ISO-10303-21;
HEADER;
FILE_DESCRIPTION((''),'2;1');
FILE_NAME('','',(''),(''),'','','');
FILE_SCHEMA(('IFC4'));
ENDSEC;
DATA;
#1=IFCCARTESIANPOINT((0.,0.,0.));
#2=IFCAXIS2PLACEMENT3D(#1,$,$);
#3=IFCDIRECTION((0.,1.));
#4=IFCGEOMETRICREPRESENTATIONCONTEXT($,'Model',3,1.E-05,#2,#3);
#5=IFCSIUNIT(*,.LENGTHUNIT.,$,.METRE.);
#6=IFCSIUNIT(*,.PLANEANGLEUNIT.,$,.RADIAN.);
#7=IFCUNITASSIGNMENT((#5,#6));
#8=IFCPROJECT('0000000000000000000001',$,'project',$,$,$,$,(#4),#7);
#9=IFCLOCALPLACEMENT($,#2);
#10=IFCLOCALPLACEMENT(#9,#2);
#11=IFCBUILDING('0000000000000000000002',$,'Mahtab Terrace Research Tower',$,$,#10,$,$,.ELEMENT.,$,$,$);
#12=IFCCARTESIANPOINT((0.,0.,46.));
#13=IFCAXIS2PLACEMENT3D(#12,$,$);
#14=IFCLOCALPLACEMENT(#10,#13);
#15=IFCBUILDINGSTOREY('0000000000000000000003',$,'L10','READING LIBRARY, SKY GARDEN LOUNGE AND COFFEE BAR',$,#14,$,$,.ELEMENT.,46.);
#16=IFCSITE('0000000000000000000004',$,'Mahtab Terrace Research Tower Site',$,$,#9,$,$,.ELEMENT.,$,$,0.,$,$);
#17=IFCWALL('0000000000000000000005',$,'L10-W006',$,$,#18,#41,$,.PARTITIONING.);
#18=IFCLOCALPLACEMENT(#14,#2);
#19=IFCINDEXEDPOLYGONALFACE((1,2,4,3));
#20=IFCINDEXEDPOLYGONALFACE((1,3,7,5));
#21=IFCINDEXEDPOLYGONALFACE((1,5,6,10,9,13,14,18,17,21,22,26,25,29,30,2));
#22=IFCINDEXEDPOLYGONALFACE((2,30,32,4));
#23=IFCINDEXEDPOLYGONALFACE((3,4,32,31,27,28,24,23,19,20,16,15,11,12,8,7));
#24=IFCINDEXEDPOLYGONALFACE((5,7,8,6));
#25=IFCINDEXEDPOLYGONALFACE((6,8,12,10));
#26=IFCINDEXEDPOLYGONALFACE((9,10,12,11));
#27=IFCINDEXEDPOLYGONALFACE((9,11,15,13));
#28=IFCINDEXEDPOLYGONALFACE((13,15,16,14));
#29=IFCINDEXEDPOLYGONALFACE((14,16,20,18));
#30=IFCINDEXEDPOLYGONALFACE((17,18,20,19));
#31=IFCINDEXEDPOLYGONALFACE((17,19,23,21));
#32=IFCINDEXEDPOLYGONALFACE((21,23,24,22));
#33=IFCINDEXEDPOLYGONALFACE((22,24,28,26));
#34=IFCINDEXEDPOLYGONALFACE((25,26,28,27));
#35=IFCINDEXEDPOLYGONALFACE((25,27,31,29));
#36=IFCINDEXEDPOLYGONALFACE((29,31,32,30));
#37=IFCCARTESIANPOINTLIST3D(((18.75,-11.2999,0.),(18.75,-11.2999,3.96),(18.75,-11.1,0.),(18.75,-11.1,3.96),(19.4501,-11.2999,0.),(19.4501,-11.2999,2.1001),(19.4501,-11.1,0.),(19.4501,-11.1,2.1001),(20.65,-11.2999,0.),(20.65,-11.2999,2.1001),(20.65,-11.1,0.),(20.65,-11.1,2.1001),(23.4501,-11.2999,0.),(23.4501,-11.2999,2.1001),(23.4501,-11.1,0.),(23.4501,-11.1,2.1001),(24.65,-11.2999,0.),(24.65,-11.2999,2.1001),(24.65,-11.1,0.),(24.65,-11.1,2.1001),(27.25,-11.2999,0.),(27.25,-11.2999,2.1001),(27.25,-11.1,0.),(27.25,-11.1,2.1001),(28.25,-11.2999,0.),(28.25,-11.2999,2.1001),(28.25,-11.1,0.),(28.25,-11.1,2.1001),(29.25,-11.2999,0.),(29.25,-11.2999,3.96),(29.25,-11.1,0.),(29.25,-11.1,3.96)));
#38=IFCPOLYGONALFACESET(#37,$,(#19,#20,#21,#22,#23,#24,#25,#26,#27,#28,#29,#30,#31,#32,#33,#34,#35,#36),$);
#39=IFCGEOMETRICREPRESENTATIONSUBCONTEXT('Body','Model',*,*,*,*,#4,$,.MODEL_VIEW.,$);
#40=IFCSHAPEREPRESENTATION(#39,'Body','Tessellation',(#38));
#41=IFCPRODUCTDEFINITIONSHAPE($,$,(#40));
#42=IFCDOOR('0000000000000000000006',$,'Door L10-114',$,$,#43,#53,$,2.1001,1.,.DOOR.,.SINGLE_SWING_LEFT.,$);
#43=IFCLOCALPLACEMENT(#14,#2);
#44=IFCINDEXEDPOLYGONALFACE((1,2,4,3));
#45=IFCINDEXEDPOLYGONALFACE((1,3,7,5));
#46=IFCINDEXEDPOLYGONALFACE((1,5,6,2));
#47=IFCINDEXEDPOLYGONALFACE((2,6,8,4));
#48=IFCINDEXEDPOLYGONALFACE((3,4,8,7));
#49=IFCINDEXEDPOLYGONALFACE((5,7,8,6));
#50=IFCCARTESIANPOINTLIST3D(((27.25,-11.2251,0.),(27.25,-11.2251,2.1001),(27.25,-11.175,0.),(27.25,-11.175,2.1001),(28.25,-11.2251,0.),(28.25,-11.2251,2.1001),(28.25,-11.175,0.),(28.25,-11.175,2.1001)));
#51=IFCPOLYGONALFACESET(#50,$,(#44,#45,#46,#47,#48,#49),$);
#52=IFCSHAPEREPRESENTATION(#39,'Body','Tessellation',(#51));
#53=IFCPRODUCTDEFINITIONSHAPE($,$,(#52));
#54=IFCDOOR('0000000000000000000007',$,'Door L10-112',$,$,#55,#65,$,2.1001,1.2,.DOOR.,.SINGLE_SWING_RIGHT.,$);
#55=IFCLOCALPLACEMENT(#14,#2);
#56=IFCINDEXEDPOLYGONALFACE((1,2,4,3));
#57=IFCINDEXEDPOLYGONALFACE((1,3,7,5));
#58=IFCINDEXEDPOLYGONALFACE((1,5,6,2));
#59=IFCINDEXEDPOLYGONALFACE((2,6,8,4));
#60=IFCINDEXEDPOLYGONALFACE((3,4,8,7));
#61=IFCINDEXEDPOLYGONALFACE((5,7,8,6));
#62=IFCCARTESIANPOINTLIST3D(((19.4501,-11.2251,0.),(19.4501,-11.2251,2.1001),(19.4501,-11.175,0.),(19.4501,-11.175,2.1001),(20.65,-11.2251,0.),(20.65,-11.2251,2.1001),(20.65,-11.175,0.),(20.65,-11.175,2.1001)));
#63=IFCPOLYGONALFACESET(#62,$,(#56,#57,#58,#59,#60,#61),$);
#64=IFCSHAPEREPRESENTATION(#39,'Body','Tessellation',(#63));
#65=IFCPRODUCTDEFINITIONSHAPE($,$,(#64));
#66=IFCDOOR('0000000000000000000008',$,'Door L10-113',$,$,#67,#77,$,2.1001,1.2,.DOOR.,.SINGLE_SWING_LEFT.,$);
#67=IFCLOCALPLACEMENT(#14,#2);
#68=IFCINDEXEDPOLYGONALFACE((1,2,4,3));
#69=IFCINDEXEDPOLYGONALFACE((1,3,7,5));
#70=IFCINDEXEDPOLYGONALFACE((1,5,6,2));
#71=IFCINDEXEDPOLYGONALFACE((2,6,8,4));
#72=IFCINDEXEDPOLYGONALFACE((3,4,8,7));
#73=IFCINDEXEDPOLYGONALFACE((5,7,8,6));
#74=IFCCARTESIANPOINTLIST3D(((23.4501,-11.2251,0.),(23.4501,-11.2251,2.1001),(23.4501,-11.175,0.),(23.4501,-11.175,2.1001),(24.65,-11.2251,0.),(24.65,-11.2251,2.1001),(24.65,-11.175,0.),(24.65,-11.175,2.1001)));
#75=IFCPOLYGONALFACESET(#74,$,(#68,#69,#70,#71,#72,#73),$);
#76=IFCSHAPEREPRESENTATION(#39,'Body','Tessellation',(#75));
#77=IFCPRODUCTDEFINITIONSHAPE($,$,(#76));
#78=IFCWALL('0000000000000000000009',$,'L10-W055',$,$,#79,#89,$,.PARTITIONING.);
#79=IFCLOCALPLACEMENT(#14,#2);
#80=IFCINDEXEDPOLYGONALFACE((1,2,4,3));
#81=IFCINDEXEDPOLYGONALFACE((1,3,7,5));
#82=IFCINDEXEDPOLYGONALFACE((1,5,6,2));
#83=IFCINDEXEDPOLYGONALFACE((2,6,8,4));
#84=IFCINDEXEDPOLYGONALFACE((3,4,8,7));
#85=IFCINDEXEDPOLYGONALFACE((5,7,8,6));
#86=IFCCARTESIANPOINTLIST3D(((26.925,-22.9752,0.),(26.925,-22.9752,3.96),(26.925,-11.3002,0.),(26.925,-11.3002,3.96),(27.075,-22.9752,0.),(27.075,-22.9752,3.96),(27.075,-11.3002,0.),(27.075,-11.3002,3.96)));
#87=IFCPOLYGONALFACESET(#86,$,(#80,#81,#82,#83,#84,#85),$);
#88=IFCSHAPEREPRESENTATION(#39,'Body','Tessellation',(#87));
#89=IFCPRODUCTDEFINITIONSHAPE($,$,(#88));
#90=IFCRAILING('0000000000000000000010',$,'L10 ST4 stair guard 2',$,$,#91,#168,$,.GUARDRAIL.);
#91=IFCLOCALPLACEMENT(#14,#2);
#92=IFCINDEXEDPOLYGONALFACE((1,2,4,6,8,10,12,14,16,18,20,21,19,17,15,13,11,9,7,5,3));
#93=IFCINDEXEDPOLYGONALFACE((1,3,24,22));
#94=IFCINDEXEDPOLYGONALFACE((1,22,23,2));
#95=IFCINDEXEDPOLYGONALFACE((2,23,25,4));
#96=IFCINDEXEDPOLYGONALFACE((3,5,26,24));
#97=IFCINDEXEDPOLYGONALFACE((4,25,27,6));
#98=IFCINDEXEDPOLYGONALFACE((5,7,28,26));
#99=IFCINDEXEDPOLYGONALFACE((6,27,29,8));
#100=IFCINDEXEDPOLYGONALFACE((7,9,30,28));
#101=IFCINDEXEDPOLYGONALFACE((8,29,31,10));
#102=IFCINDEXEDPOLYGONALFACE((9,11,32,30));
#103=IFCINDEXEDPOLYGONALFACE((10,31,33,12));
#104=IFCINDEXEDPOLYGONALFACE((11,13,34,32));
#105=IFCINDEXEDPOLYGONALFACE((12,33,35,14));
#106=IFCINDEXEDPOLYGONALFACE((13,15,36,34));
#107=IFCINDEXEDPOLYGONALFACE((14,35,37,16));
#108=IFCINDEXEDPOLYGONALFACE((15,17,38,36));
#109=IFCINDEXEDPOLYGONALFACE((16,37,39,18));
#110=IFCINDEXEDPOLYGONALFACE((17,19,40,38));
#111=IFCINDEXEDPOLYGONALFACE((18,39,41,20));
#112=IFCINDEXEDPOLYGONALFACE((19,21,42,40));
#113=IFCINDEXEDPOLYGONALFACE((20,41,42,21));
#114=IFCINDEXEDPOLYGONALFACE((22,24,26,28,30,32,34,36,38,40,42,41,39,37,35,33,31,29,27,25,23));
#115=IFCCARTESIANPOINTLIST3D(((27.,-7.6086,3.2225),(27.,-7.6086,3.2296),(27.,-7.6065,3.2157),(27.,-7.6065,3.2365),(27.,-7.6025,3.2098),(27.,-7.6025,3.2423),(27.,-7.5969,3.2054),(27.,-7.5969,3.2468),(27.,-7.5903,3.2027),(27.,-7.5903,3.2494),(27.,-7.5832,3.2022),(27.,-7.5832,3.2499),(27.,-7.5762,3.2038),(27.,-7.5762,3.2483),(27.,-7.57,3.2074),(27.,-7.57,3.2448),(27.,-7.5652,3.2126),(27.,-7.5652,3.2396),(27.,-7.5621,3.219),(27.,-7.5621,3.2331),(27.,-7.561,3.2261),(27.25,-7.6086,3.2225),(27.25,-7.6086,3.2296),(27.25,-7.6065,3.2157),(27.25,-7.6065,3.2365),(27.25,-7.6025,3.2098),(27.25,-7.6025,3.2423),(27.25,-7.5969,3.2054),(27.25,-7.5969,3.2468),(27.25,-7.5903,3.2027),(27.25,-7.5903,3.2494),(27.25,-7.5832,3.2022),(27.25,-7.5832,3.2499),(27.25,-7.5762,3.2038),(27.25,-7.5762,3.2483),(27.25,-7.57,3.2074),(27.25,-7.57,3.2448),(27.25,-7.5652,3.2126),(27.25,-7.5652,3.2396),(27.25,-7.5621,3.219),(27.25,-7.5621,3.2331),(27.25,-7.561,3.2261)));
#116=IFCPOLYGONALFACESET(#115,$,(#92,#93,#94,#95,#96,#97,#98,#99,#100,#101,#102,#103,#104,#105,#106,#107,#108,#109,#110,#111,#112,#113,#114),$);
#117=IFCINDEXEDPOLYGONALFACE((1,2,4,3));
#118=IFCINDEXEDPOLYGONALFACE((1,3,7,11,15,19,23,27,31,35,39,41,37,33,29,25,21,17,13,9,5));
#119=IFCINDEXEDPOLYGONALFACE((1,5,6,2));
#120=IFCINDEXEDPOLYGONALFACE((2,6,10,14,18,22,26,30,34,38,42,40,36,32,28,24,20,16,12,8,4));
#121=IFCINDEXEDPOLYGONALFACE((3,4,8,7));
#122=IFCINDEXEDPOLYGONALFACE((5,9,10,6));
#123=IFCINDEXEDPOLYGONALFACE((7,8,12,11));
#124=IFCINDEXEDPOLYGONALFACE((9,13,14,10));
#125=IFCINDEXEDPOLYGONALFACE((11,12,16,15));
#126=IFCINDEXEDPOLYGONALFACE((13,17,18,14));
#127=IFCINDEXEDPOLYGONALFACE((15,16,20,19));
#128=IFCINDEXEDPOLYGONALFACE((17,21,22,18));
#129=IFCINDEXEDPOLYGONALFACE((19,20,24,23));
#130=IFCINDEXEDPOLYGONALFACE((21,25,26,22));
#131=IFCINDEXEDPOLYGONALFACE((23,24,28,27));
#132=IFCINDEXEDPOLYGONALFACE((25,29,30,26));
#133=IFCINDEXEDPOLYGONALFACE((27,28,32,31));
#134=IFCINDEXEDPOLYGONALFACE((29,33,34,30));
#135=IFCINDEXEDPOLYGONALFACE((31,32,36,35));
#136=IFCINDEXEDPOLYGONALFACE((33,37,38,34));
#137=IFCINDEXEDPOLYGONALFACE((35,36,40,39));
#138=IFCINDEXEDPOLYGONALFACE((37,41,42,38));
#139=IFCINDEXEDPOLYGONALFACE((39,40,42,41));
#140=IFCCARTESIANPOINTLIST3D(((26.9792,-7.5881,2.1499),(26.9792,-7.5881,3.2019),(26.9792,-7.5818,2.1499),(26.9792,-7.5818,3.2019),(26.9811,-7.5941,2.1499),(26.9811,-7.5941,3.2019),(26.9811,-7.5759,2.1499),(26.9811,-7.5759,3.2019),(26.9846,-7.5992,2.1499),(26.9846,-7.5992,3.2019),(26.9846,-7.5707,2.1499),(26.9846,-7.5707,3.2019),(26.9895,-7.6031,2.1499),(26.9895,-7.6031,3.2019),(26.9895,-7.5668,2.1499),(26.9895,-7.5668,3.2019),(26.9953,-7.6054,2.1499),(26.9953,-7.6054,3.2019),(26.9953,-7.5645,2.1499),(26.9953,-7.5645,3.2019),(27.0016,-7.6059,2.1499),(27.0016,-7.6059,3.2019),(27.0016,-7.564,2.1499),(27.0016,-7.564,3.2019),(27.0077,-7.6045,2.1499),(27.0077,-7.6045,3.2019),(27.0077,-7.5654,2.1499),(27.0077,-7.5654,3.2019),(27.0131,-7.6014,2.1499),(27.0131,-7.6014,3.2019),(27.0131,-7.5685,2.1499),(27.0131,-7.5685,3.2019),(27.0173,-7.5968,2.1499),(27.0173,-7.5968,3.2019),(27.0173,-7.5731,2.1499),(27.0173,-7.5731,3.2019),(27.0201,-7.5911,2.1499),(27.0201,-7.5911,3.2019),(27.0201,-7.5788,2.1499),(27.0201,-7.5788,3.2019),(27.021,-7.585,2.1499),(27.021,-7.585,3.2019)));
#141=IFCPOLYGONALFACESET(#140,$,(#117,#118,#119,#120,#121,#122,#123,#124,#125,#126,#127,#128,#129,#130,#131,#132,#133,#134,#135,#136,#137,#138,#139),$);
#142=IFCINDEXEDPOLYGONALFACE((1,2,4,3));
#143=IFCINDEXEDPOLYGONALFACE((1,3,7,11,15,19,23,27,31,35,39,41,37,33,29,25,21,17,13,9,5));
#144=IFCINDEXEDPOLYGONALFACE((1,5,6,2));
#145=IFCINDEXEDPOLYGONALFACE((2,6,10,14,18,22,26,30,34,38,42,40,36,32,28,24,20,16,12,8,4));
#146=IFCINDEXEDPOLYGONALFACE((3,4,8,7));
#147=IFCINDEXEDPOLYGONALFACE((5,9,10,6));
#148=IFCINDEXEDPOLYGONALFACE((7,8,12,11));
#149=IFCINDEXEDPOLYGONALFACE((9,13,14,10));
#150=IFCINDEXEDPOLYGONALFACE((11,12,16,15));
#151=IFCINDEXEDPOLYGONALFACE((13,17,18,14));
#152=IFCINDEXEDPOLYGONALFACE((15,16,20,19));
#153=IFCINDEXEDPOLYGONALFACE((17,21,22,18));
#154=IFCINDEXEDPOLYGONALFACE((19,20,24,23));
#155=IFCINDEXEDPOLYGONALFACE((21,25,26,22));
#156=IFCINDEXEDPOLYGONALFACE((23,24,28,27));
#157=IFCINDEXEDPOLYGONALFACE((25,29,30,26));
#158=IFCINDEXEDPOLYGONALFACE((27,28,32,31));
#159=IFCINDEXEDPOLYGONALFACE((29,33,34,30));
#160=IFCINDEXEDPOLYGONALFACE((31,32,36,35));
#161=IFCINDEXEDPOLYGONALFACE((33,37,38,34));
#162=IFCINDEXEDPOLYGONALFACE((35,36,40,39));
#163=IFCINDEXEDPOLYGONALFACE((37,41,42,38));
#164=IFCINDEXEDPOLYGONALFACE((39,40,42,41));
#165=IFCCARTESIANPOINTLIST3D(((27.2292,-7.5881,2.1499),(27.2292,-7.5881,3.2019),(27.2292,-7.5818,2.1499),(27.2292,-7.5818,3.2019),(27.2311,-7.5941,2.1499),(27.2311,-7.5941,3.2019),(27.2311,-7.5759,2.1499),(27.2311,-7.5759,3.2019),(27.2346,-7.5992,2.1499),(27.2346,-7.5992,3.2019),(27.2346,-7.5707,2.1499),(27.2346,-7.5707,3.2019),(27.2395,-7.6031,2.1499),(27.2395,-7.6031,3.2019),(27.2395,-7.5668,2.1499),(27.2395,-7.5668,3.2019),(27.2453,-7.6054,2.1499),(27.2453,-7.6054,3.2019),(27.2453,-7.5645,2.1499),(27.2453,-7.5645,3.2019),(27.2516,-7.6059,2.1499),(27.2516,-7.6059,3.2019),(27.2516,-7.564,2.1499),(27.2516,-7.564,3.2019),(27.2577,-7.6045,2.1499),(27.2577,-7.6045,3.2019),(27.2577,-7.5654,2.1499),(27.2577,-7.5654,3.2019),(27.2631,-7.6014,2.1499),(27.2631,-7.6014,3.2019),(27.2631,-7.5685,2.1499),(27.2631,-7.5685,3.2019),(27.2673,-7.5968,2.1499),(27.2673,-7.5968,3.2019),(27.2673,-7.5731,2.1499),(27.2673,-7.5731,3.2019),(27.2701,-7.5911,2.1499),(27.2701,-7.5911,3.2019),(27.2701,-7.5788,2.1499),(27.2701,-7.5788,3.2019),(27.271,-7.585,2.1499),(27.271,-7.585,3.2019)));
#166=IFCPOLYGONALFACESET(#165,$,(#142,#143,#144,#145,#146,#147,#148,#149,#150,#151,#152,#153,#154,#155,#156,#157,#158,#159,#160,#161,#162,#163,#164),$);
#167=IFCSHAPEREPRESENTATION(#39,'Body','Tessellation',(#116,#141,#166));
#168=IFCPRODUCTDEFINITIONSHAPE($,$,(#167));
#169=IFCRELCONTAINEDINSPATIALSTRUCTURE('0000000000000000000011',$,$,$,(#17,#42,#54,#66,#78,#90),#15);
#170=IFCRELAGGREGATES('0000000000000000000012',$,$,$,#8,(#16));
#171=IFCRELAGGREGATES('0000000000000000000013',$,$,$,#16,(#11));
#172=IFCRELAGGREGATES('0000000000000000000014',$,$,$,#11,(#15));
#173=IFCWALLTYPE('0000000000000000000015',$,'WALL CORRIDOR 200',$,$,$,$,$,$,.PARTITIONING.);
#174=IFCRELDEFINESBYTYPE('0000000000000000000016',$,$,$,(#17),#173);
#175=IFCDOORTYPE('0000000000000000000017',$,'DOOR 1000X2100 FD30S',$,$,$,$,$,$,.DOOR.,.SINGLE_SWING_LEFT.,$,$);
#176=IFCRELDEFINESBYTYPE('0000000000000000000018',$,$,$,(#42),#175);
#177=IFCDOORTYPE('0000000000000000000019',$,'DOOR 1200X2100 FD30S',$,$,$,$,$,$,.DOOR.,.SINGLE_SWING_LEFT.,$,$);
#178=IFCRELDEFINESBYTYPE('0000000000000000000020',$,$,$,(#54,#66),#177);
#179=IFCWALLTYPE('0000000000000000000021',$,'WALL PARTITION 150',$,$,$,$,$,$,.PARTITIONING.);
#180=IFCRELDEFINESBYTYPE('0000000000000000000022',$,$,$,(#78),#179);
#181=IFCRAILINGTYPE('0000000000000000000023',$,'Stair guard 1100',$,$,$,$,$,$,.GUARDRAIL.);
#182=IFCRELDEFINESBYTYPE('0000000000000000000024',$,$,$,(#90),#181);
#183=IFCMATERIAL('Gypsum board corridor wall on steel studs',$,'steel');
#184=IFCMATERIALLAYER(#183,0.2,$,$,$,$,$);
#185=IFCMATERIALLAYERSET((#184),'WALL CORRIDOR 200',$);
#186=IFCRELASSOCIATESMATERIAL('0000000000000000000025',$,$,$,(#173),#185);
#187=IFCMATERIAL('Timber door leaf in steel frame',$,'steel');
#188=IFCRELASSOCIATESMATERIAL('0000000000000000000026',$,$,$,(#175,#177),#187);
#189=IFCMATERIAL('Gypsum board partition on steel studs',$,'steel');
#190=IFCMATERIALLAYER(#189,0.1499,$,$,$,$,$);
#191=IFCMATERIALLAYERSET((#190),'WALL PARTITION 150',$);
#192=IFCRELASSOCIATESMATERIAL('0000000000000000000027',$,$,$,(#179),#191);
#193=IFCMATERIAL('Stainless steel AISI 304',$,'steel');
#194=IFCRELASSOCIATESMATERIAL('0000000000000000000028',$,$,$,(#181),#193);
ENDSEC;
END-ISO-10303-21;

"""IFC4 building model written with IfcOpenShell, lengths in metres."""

from ifc_helpers import new_model, si_unit, direction, frame, frame_2d, origin, origin_2d, place, context, subcontext, project, spatial, rectangle, circle, extrude, material, layer, layer_set, type_object, element, fill, save


model = new_model("IFC4")

# Units and contexts
model_context = context("Model", 3, precision=1e-05, world=origin(), true_north=direction((0.0, 1.0)))
body_context = subcontext(model_context, "Body", "Model", "MODEL_VIEW")
ifc_project = project(units=[si_unit("LENGTHUNIT", "METRE"), si_unit("PLANEANGLEUNIT", "RADIAN")], contexts=[model_context])

# Site, building, storey
site_placement = place(None, origin())
site = spatial("IfcSite", under=ifc_project, at=site_placement, Name="Mahtab Terrace Research Tower Site", CompositionType="ELEMENT", RefElevation=0.0)
building_placement = place(site_placement, origin())
building = spatial("IfcBuilding", under=site, at=building_placement, Name="Mahtab Terrace Research Tower", CompositionType="ELEMENT")
storey_placement = place(building_placement, frame((0.0, 0.0, 46.0)))
storey = spatial("IfcBuildingStorey", under=building, at=storey_placement, Name="L10", Description="READING LIBRARY, SKY GARDEN LOUNGE AND COFFEE BAR", CompositionType="ELEMENT", Elevation=46.0)

# Shared definitions
ifc_material_1 = material(Name="Stainless steel AISI 304", Category="steel")

# Wall, openings, doors
ifc_material_2 = material(Name="Gypsum board corridor wall on steel studs", Category="steel")
ifc_layer_1 = layer(ifc_material_2, 0.2)
ifc_layer_set_1 = layer_set([ifc_layer_1], Name="WALL CORRIDOR 200")
wall_type_1 = type_object("IfcWallType", Name="WALL CORRIDOR 200", PredefinedType="PARTITIONING", material=ifc_layer_set_1)
wall_1_placement = place(storey_placement, frame((18.75, -11.2, 0.0), z_axis=(0.0, 0.0, 1.0), x_axis=(1.0, 0.0, 0.0)))
wall_1 = element("IfcWall", 1, at=wall_1_placement, inside=storey, type_object=wall_type_1, Name="L10-W006", PredefinedType="PARTITIONING", context=body_context, shape_type="SweptSolid", body=[
    extrude(rectangle(XDim=10.5, YDim=0.2, at=frame_2d((5.25, 0.0))), origin(), (0.0, 0.0, 1.0), 3.96),
])
opening_1_placement = place(wall_1_placement, frame((0.7, 0.0, 0.0)))
opening_1 = element("IfcOpeningElement", 2, at=opening_1_placement, cuts=wall_1, PredefinedType="OPENING", context=body_context, shape_type="SweptSolid", body=[
    extrude(rectangle(XDim=1.2, YDim=2.1001, at=frame_2d((0.6001, 1.05))), frame((0.0, 0.1099, 0.0), z_axis=(0.0, -1.0, 0.0), x_axis=(1.0, 0.0, 0.0)), (0.0, 0.0, 1.0), 0.22),
])
opening_2_placement = place(wall_1_placement, frame((4.7, 0.0, 0.0)))
opening_2 = element("IfcOpeningElement", 3, at=opening_2_placement, cuts=wall_1, PredefinedType="OPENING", context=body_context, shape_type="SweptSolid", body=[
    extrude(rectangle(XDim=1.2, YDim=2.1001, at=frame_2d((0.6001, 1.05))), frame((0.0, 0.1099, 0.0), z_axis=(0.0, -1.0, 0.0), x_axis=(1.0, 0.0, 0.0)), (0.0, 0.0, 1.0), 0.22),
])
opening_3_placement = place(wall_1_placement, frame((8.5, 0.0, 0.0)))
opening_3 = element("IfcOpeningElement", 4, at=opening_3_placement, cuts=wall_1, PredefinedType="OPENING", context=body_context, shape_type="SweptSolid", body=[
    extrude(rectangle(XDim=1.0, YDim=2.1001, at=frame_2d((0.5, 1.05))), frame((0.0, 0.1099, 0.0), z_axis=(0.0, -1.0, 0.0), x_axis=(1.0, 0.0, 0.0)), (0.0, 0.0, 1.0), 0.22),
])
ifc_material_3 = material(Name="Timber door leaf in steel frame", Category="steel")
door_type_1 = type_object("IfcDoorType", Name="DOOR 1000X2100 FD30S", OperationType="SINGLE_SWING_LEFT", PredefinedType="DOOR", material=ifc_material_3)
door_1_placement = place(opening_3_placement, origin())
door_1 = element("IfcDoor", 5, at=door_1_placement, inside=storey, type_object=door_type_1, Name="Door L10-114", OperationType="SINGLE_SWING_LEFT", OverallHeight=2.1001, OverallWidth=1.0, PredefinedType="DOOR", context=body_context, shape_type="SweptSolid", body=[
    extrude(rectangle(XDim=1.0, YDim=2.1001, at=frame_2d((0.5, 1.05))), frame((0.0, 0.0249, 0.0), z_axis=(0.0, -1.0, 0.0), x_axis=(1.0, 0.0, 0.0)), (0.0, 0.0, 1.0), 0.05),
])
fill(opening_3, door_1)
door_type_2 = type_object("IfcDoorType", Name="DOOR 1200X2100 FD30S", OperationType="SINGLE_SWING_LEFT", PredefinedType="DOOR", material=ifc_material_3)
door_2_placement = place(opening_1_placement, origin())
door_2 = element("IfcDoor", 6, at=door_2_placement, inside=storey, type_object=door_type_2, Name="Door L10-112", OperationType="SINGLE_SWING_RIGHT", OverallHeight=2.1001, OverallWidth=1.2, PredefinedType="DOOR", context=body_context, shape_type="SweptSolid", body=[
    extrude(rectangle(XDim=1.2, YDim=2.1001, at=frame_2d((0.6001, 1.05))), frame((0.0, 0.0249, 0.0), z_axis=(0.0, -1.0, 0.0), x_axis=(1.0, 0.0, 0.0)), (0.0, 0.0, 1.0), 0.05),
])
fill(opening_1, door_2)
door_3_placement = place(opening_2_placement, origin())
door_3 = element("IfcDoor", 7, at=door_3_placement, inside=storey, type_object=door_type_2, Name="Door L10-113", OperationType="SINGLE_SWING_LEFT", OverallHeight=2.1001, OverallWidth=1.2, PredefinedType="DOOR", context=body_context, shape_type="SweptSolid", body=[
    extrude(rectangle(XDim=1.2, YDim=2.1001, at=frame_2d((0.6001, 1.05))), frame((0.0, 0.0249, 0.0), z_axis=(0.0, -1.0, 0.0), x_axis=(1.0, 0.0, 0.0)), (0.0, 0.0, 1.0), 0.05),
])
fill(opening_2, door_3)

# Wall
ifc_material_4 = material(Name="Gypsum board partition on steel studs", Category="steel")
ifc_layer_2 = layer(ifc_material_4, 0.1499)
ifc_layer_set_2 = layer_set([ifc_layer_2], Name="WALL PARTITION 150")
wall_type_2 = type_object("IfcWallType", Name="WALL PARTITION 150", PredefinedType="PARTITIONING", material=ifc_layer_set_2)
wall_2_placement = place(storey_placement, frame((27.0, -22.9751, 0.0), z_axis=(0.0, 0.0, 1.0), x_axis=(0.0, 1.0, 0.0)))
element("IfcWall", 8, at=wall_2_placement, inside=storey, type_object=wall_type_2, Name="L10-W055", PredefinedType="PARTITIONING", context=body_context, shape_type="SweptSolid", body=[
    extrude(rectangle(XDim=11.675, YDim=0.1499, at=frame_2d((5.8374, 0.0))), origin(), (0.0, 0.0, 1.0), 3.96),
])

# Railing
railing_type = type_object("IfcRailingType", Name="Stair guard 1100", PredefinedType="GUARDRAIL", material=ifc_material_1)
railing_1_placement = place(storey_placement, frame((27.0, -7.585, 2.1499)))
element("IfcRailing", 9, at=railing_1_placement, inside=storey, type_object=railing_type, Name="L10 ST4 stair guard 2", PredefinedType="GUARDRAIL", context=body_context, shape_type="SweptSolid", body=[
    extrude(circle(Radius=0.0239, at=origin_2d()), frame((0.0, 0.0, 1.0762), z_axis=(1.0, 0.0, 0.0), x_axis=(0.0, 1.0, 0.0)), (0.0, 0.0, 1.0), 0.25),
    extrude(circle(Radius=0.021, at=origin_2d()), origin(), (0.0, 0.0, 1.0), 1.052),
    extrude(circle(Radius=0.021, at=origin_2d()), frame((0.25, 0.0, 0.0)), (0.0, 0.0, 1.0), 1.052),
])

save(model, "model.ifc")
